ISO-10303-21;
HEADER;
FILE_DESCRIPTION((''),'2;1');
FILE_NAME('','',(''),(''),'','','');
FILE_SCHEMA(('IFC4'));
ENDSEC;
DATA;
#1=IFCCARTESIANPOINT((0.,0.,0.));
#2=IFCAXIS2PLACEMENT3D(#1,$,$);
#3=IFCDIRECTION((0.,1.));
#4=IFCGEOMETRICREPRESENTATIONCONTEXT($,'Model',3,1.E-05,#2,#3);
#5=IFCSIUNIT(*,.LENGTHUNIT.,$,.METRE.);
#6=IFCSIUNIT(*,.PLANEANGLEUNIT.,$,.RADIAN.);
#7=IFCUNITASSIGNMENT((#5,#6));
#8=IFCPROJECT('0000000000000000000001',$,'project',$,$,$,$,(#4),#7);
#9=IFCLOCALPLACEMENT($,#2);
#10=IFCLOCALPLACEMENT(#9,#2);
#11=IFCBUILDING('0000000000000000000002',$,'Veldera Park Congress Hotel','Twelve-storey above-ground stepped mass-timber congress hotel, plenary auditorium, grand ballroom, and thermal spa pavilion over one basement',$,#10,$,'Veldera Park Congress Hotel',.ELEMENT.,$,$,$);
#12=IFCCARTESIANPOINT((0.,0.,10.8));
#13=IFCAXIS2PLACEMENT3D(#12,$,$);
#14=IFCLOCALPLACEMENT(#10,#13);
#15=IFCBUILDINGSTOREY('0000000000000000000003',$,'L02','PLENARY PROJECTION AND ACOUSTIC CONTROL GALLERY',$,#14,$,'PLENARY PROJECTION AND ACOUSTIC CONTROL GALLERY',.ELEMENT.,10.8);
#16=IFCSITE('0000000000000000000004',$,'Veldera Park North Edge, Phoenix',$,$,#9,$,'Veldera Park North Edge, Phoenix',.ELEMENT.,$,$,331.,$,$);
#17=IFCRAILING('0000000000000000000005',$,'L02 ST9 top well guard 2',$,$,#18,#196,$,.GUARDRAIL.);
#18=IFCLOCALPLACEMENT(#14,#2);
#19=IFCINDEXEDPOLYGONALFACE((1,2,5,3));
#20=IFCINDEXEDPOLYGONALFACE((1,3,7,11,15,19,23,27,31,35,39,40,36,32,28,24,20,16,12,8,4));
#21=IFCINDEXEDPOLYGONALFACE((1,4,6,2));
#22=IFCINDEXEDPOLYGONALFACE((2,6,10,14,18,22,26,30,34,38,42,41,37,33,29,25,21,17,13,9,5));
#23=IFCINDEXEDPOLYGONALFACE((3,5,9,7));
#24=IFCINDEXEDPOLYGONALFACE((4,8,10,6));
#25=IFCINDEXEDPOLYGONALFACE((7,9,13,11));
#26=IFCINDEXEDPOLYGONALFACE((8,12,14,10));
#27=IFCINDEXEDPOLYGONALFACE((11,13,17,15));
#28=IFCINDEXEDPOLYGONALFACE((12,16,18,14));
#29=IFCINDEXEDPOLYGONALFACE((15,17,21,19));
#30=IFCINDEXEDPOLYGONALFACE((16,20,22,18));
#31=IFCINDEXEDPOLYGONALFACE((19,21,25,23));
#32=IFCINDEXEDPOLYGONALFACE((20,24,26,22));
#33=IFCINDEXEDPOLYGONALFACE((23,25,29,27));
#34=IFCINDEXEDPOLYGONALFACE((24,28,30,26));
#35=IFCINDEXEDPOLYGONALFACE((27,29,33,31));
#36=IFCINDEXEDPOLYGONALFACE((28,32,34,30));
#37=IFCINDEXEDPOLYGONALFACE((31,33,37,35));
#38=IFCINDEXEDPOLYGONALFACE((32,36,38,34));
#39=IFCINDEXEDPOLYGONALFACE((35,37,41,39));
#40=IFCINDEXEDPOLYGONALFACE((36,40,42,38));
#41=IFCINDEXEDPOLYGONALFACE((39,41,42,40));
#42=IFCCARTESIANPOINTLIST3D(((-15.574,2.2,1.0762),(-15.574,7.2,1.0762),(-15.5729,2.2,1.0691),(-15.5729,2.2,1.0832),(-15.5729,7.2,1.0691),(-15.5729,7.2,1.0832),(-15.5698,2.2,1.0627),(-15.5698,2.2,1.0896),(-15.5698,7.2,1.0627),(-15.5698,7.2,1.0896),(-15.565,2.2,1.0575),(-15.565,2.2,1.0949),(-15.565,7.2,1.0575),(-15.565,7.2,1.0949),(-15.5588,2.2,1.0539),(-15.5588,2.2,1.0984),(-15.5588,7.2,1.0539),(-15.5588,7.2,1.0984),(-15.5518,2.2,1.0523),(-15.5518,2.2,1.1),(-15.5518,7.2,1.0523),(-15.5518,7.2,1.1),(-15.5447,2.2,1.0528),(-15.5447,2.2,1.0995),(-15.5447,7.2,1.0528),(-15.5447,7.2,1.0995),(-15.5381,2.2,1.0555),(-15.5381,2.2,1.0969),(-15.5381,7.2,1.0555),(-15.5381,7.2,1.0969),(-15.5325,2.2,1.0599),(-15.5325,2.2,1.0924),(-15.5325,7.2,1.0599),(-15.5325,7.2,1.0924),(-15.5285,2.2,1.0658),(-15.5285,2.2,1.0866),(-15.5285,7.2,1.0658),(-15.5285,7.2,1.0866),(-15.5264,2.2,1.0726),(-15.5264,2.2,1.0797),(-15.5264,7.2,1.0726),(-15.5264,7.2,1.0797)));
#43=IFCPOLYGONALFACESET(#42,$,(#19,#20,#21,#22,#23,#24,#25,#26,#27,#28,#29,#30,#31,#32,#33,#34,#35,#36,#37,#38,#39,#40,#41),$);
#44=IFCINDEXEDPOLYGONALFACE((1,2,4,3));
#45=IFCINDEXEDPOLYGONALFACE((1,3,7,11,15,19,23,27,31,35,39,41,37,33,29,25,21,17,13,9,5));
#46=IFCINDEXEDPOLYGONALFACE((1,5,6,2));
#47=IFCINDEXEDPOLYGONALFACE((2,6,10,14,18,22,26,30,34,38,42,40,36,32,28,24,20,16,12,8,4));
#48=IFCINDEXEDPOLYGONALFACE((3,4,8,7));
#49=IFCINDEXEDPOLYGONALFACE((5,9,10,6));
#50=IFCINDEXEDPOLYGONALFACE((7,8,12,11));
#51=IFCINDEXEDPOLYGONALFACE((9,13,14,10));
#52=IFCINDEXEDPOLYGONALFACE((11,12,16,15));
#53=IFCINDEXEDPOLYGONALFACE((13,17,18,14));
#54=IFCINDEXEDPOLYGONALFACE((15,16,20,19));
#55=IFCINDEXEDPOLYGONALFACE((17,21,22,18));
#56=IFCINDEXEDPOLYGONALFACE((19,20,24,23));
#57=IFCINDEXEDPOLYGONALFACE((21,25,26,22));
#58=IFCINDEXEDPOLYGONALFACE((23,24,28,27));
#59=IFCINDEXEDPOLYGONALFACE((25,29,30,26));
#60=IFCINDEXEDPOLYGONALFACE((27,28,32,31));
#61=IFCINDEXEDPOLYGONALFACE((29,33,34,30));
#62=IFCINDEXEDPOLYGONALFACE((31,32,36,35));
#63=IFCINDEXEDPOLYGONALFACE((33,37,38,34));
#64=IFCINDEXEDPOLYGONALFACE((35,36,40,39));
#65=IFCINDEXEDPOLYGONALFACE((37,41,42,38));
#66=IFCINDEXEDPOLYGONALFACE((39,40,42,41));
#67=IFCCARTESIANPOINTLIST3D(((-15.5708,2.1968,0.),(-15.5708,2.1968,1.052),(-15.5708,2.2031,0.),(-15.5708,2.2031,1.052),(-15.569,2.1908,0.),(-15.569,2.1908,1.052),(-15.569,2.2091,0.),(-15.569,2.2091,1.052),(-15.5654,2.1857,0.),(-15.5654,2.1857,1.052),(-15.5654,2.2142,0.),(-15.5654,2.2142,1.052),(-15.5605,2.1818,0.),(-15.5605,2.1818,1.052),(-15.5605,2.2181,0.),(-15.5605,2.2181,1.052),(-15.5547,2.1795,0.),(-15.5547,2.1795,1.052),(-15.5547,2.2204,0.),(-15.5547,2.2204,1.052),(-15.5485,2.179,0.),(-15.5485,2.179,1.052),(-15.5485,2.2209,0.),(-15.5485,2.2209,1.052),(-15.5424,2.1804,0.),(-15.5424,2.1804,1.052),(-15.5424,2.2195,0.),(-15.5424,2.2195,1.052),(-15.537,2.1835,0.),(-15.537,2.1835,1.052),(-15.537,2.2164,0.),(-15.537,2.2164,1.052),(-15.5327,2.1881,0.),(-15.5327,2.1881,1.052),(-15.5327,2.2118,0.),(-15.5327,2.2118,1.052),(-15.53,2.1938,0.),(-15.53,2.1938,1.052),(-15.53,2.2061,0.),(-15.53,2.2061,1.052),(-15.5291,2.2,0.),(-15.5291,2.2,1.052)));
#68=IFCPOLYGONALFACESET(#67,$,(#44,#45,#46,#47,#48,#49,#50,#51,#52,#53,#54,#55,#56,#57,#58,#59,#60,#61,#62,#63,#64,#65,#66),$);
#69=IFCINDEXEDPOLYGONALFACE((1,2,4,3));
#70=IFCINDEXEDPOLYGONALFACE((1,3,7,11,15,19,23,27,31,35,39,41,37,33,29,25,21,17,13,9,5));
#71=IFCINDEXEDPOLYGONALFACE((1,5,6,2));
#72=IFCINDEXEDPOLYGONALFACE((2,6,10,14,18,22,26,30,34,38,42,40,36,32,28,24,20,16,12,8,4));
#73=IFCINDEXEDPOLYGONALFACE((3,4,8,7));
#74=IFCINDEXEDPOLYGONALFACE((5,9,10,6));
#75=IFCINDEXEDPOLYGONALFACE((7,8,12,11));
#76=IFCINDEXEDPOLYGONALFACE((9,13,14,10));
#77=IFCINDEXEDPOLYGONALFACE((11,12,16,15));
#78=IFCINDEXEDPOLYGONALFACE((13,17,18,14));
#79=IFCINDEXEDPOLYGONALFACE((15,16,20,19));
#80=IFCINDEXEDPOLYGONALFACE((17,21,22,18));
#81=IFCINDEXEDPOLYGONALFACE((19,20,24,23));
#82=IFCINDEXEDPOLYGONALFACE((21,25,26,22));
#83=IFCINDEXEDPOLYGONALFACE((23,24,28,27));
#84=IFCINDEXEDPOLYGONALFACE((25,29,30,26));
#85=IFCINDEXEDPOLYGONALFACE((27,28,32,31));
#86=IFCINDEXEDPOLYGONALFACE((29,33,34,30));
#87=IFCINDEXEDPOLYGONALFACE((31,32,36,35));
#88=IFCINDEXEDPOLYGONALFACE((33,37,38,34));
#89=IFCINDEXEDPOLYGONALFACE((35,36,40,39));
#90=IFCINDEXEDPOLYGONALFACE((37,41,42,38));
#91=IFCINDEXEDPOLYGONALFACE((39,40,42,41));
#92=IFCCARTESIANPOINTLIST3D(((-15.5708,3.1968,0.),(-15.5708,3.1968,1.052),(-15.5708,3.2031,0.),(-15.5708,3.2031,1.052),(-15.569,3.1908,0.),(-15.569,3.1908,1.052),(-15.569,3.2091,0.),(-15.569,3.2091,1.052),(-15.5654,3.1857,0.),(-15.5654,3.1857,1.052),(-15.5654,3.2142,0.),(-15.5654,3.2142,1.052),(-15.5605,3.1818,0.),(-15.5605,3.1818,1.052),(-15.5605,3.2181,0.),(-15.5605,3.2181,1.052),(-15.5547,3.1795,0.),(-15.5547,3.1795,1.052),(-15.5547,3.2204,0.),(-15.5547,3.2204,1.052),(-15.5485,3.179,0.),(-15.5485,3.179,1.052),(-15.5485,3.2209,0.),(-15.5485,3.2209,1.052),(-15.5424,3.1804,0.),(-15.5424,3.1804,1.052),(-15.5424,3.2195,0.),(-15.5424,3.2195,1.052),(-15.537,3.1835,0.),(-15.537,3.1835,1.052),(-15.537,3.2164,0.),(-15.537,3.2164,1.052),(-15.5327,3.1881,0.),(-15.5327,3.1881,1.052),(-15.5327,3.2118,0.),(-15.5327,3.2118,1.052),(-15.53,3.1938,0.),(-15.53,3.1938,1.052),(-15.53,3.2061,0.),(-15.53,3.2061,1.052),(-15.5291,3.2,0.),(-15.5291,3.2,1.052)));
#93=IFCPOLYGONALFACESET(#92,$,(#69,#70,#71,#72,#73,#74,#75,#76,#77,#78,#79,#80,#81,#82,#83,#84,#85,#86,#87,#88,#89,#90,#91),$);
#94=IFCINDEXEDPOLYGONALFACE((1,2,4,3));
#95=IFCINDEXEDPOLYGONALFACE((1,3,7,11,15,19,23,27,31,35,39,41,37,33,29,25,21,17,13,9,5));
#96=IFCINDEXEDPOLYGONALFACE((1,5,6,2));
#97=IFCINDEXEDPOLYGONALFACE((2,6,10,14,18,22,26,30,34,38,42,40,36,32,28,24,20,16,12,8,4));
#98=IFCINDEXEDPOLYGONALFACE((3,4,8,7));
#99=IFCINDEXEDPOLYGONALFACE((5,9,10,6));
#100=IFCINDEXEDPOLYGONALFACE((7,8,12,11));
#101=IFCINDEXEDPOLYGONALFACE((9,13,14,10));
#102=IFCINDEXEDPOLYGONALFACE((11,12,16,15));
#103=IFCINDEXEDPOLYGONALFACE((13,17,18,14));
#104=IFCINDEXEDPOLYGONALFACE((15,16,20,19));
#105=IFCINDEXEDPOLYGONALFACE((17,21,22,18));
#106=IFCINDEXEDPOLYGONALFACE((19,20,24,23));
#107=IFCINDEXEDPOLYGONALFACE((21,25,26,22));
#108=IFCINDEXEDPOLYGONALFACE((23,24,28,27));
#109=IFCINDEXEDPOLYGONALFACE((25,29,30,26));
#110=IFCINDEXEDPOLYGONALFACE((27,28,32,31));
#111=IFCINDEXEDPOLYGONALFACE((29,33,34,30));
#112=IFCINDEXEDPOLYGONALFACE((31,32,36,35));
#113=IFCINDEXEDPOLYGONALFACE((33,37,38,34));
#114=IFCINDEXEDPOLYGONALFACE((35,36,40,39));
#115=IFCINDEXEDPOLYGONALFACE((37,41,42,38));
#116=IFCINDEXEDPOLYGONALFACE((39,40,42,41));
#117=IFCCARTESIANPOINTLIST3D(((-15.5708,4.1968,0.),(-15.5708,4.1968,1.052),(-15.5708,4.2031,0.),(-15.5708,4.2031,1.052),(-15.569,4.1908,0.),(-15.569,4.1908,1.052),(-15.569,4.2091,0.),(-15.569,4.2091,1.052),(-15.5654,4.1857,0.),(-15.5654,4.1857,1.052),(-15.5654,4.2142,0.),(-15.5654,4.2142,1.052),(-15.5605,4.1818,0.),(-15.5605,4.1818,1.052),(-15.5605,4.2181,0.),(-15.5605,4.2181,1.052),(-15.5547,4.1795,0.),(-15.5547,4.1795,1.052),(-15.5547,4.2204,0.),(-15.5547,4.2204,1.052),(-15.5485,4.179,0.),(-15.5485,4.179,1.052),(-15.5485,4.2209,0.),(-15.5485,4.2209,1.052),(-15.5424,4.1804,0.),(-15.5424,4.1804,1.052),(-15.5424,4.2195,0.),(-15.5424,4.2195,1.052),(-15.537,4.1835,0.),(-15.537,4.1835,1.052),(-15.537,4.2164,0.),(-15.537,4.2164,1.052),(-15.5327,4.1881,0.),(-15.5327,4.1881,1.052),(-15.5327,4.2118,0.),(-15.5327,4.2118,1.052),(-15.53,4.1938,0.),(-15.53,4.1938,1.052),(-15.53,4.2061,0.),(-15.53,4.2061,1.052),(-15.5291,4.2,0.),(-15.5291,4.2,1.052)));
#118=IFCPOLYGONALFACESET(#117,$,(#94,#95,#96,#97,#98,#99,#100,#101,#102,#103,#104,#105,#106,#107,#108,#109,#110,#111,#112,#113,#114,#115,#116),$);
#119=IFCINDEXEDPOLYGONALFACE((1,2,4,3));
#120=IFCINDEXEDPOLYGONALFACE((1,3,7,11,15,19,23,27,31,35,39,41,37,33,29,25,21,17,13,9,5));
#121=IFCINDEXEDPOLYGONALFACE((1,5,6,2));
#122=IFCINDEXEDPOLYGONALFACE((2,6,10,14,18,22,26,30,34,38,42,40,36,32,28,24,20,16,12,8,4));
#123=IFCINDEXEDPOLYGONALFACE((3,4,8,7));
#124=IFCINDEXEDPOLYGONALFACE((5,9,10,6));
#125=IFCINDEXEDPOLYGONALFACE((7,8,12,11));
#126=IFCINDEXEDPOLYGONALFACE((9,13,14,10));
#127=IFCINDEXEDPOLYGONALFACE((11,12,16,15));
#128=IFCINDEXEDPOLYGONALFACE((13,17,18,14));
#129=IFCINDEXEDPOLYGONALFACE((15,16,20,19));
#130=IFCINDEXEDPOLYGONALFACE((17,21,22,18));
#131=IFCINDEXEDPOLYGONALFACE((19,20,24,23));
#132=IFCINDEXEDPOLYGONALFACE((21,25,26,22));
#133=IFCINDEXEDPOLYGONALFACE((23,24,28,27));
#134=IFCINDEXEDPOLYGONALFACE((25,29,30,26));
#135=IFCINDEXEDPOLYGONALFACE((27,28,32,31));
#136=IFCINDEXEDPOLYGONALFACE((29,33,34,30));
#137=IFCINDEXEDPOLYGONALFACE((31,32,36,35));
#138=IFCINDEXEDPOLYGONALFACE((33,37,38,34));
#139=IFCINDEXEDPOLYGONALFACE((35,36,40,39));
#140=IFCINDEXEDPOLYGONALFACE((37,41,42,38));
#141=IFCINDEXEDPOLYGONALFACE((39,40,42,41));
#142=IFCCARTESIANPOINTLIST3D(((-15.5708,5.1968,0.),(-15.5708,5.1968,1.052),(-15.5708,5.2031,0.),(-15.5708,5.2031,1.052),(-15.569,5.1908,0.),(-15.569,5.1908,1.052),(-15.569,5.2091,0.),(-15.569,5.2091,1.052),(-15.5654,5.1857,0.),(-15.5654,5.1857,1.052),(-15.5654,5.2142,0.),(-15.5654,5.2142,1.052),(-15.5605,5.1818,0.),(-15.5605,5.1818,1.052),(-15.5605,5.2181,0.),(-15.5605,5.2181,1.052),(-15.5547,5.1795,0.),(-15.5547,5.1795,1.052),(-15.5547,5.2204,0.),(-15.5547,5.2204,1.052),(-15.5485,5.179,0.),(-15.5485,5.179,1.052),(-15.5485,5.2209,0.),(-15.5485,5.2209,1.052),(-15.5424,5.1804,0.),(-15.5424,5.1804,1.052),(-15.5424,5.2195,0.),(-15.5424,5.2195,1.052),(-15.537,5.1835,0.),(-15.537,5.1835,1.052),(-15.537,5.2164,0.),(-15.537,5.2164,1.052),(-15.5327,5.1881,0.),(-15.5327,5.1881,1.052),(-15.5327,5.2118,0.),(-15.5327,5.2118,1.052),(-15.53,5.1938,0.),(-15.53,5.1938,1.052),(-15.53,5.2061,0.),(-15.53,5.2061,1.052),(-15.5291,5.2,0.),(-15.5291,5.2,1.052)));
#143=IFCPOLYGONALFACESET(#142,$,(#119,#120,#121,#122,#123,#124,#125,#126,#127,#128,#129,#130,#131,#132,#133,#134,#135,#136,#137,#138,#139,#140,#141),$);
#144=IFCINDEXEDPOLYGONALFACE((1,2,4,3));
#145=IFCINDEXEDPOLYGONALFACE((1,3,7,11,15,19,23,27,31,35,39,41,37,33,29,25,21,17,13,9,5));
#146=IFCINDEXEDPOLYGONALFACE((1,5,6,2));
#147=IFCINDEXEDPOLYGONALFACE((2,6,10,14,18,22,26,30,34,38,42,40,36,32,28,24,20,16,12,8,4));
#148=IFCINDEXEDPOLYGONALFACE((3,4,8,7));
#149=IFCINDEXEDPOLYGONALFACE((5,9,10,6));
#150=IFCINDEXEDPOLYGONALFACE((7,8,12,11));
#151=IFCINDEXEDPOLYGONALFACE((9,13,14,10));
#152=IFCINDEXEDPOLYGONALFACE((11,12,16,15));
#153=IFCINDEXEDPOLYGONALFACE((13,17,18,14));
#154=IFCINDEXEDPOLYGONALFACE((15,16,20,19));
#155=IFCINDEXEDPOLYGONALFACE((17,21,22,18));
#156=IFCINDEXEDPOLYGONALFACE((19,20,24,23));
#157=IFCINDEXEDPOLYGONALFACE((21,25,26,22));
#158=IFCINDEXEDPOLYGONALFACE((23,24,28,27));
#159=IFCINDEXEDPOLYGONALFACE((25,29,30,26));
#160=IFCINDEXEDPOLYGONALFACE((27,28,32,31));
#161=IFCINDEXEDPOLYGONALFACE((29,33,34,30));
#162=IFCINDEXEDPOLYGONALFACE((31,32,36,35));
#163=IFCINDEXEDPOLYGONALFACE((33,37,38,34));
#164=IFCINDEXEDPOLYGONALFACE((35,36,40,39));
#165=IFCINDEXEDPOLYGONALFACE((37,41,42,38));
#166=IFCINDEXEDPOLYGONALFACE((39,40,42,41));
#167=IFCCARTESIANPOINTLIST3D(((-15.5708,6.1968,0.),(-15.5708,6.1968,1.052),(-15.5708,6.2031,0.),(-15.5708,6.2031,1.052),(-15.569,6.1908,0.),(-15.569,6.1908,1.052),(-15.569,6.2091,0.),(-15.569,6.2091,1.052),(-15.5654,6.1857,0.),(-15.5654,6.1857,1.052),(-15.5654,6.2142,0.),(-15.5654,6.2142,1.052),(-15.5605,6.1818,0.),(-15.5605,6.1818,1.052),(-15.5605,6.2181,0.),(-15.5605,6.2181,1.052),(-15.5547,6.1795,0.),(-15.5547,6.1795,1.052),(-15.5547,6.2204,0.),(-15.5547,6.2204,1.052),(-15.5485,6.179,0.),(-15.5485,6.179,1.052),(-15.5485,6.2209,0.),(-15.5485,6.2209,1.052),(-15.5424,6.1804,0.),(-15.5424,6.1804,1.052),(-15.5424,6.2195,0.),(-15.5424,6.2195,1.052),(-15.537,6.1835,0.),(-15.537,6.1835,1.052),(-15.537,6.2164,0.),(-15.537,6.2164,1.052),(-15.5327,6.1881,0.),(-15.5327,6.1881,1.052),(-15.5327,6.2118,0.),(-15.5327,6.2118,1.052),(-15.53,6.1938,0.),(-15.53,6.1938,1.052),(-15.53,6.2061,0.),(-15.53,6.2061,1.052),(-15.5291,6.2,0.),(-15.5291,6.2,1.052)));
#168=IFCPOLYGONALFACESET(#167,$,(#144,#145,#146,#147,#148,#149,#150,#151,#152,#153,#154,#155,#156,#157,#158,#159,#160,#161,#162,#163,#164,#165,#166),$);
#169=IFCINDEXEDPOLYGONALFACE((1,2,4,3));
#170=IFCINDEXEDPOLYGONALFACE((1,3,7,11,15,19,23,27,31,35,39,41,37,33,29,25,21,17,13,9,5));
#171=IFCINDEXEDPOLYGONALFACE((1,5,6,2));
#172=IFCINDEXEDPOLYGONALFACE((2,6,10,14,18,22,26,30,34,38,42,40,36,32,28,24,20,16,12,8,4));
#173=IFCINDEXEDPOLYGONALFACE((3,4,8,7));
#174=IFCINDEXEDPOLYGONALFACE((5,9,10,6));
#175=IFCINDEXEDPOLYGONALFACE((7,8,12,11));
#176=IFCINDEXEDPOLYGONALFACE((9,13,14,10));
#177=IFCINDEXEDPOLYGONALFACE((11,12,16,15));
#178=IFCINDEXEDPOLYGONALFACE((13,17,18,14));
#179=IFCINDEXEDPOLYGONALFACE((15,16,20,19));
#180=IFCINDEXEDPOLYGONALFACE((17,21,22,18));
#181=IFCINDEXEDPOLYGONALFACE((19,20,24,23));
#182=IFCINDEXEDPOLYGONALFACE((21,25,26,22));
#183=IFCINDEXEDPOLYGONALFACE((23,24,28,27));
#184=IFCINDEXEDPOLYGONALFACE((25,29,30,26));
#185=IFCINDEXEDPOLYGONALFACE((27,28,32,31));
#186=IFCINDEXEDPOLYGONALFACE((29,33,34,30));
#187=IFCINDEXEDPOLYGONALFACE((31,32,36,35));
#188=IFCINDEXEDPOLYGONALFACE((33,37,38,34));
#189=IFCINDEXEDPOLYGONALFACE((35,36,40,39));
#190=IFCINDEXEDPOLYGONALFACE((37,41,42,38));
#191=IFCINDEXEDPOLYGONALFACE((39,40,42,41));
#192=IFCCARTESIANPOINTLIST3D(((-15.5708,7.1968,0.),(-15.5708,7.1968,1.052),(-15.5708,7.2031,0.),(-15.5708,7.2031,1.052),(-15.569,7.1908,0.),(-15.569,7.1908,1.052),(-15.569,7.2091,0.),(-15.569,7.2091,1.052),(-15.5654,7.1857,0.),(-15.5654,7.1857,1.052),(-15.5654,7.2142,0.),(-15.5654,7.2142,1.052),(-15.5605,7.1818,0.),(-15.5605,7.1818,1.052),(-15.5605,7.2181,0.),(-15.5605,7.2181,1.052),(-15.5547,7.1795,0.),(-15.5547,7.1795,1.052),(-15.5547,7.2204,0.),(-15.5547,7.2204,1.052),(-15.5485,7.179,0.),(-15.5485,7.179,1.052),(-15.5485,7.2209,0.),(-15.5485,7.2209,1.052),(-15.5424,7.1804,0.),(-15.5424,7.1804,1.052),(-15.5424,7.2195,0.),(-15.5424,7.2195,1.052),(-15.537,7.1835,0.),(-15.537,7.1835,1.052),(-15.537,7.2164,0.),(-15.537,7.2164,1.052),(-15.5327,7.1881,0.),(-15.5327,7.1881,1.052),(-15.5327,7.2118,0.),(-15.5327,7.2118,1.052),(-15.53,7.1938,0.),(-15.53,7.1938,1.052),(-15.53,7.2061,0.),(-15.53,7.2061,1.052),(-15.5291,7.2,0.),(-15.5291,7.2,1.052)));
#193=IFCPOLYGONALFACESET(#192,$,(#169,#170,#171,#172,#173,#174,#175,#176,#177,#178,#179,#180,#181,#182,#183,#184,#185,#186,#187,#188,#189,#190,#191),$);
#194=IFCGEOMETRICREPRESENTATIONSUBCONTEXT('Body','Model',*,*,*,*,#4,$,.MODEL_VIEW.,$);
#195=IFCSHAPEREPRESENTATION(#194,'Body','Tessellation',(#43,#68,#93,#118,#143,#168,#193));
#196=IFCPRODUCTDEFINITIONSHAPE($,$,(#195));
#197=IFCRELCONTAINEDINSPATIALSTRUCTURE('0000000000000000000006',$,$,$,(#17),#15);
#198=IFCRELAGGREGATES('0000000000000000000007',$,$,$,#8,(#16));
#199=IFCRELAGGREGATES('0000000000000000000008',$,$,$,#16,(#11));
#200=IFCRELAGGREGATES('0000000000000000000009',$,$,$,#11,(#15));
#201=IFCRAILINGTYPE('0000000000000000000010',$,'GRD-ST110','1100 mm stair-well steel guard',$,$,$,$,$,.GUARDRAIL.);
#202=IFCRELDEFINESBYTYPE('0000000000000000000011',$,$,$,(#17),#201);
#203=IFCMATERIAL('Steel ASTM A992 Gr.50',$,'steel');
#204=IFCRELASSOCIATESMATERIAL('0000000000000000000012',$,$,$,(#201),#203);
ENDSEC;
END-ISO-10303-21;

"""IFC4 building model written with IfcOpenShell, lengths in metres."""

from ifc_helpers import new_model, si_unit, direction, frame, origin, origin_2d, place, context, subcontext, project, spatial, circle, extrude, material, type_object, element, save


model = new_model("IFC4")

# Units and contexts
model_context = context("Model", 3, precision=1e-05, world=origin(), true_north=direction((0.0, 1.0)))
body_context = subcontext(model_context, "Body", "Model", "MODEL_VIEW")
ifc_project = project(units=[si_unit("LENGTHUNIT", "METRE"), si_unit("PLANEANGLEUNIT", "RADIAN")], contexts=[model_context])

# Site, building, storey
site_placement = place(None, origin())
site = spatial("IfcSite", under=ifc_project, at=site_placement, Name="Veldera Park North Edge, Phoenix", LongName="Veldera Park North Edge, Phoenix", CompositionType="ELEMENT", RefElevation=331.0)
building_placement = place(site_placement, origin())
building = spatial("IfcBuilding", under=site, at=building_placement, Name="Veldera Park Congress Hotel", Description="Twelve-storey above-ground stepped mass-timber congress hotel, plenary auditorium, grand ballroom, and thermal spa pavilion over one basement", LongName="Veldera Park Congress Hotel", CompositionType="ELEMENT")
storey_placement = place(building_placement, frame((0.0, 0.0, 10.8)))
storey = spatial("IfcBuildingStorey", under=building, at=storey_placement, Name="L02", Description="PLENARY PROJECTION AND ACOUSTIC CONTROL GALLERY", LongName="PLENARY PROJECTION AND ACOUSTIC CONTROL GALLERY", CompositionType="ELEMENT", Elevation=10.8)

# Shared definitions
ifc_material_1 = material(Name="Steel ASTM A992 Gr.50", Category="steel")

# Railing
railing_type = type_object("IfcRailingType", Name="GRD-ST110", Description="1100 mm stair-well steel guard", PredefinedType="GUARDRAIL", material=ifc_material_1)
railing_1_placement = place(storey_placement, frame((-15.55, 2.2, 0.0)))
element("IfcRailing", 1, at=railing_1_placement, inside=storey, type_object=railing_type, Name="L02 ST9 top well guard 2", PredefinedType="GUARDRAIL", context=body_context, shape_type="SweptSolid", body=[
    extrude(circle(Radius=0.0239, at=origin_2d()), frame((0.0, 0.0, 1.0762), z_axis=(0.0, 1.0, 0.0), x_axis=(-1.0, 0.0, 0.0)), (0.0, 0.0, 1.0), 5.0),
    extrude(circle(Radius=0.021, at=origin_2d()), origin(), (0.0, 0.0, 1.0), 1.052),
    extrude(circle(Radius=0.021, at=origin_2d()), frame((0.0, 1.0, 0.0)), (0.0, 0.0, 1.0), 1.052),
    extrude(circle(Radius=0.021, at=origin_2d()), frame((0.0, 2.0, 0.0)), (0.0, 0.0, 1.0), 1.052),
    extrude(circle(Radius=0.021, at=origin_2d()), frame((0.0, 3.0, 0.0)), (0.0, 0.0, 1.0), 1.052),
    extrude(circle(Radius=0.021, at=origin_2d()), frame((0.0, 4.0, 0.0)), (0.0, 0.0, 1.0), 1.052),
    extrude(circle(Radius=0.021, at=origin_2d()), frame((0.0, 5.0, 0.0)), (0.0, 0.0, 1.0), 1.052),
])

save(model, "model.ifc")
